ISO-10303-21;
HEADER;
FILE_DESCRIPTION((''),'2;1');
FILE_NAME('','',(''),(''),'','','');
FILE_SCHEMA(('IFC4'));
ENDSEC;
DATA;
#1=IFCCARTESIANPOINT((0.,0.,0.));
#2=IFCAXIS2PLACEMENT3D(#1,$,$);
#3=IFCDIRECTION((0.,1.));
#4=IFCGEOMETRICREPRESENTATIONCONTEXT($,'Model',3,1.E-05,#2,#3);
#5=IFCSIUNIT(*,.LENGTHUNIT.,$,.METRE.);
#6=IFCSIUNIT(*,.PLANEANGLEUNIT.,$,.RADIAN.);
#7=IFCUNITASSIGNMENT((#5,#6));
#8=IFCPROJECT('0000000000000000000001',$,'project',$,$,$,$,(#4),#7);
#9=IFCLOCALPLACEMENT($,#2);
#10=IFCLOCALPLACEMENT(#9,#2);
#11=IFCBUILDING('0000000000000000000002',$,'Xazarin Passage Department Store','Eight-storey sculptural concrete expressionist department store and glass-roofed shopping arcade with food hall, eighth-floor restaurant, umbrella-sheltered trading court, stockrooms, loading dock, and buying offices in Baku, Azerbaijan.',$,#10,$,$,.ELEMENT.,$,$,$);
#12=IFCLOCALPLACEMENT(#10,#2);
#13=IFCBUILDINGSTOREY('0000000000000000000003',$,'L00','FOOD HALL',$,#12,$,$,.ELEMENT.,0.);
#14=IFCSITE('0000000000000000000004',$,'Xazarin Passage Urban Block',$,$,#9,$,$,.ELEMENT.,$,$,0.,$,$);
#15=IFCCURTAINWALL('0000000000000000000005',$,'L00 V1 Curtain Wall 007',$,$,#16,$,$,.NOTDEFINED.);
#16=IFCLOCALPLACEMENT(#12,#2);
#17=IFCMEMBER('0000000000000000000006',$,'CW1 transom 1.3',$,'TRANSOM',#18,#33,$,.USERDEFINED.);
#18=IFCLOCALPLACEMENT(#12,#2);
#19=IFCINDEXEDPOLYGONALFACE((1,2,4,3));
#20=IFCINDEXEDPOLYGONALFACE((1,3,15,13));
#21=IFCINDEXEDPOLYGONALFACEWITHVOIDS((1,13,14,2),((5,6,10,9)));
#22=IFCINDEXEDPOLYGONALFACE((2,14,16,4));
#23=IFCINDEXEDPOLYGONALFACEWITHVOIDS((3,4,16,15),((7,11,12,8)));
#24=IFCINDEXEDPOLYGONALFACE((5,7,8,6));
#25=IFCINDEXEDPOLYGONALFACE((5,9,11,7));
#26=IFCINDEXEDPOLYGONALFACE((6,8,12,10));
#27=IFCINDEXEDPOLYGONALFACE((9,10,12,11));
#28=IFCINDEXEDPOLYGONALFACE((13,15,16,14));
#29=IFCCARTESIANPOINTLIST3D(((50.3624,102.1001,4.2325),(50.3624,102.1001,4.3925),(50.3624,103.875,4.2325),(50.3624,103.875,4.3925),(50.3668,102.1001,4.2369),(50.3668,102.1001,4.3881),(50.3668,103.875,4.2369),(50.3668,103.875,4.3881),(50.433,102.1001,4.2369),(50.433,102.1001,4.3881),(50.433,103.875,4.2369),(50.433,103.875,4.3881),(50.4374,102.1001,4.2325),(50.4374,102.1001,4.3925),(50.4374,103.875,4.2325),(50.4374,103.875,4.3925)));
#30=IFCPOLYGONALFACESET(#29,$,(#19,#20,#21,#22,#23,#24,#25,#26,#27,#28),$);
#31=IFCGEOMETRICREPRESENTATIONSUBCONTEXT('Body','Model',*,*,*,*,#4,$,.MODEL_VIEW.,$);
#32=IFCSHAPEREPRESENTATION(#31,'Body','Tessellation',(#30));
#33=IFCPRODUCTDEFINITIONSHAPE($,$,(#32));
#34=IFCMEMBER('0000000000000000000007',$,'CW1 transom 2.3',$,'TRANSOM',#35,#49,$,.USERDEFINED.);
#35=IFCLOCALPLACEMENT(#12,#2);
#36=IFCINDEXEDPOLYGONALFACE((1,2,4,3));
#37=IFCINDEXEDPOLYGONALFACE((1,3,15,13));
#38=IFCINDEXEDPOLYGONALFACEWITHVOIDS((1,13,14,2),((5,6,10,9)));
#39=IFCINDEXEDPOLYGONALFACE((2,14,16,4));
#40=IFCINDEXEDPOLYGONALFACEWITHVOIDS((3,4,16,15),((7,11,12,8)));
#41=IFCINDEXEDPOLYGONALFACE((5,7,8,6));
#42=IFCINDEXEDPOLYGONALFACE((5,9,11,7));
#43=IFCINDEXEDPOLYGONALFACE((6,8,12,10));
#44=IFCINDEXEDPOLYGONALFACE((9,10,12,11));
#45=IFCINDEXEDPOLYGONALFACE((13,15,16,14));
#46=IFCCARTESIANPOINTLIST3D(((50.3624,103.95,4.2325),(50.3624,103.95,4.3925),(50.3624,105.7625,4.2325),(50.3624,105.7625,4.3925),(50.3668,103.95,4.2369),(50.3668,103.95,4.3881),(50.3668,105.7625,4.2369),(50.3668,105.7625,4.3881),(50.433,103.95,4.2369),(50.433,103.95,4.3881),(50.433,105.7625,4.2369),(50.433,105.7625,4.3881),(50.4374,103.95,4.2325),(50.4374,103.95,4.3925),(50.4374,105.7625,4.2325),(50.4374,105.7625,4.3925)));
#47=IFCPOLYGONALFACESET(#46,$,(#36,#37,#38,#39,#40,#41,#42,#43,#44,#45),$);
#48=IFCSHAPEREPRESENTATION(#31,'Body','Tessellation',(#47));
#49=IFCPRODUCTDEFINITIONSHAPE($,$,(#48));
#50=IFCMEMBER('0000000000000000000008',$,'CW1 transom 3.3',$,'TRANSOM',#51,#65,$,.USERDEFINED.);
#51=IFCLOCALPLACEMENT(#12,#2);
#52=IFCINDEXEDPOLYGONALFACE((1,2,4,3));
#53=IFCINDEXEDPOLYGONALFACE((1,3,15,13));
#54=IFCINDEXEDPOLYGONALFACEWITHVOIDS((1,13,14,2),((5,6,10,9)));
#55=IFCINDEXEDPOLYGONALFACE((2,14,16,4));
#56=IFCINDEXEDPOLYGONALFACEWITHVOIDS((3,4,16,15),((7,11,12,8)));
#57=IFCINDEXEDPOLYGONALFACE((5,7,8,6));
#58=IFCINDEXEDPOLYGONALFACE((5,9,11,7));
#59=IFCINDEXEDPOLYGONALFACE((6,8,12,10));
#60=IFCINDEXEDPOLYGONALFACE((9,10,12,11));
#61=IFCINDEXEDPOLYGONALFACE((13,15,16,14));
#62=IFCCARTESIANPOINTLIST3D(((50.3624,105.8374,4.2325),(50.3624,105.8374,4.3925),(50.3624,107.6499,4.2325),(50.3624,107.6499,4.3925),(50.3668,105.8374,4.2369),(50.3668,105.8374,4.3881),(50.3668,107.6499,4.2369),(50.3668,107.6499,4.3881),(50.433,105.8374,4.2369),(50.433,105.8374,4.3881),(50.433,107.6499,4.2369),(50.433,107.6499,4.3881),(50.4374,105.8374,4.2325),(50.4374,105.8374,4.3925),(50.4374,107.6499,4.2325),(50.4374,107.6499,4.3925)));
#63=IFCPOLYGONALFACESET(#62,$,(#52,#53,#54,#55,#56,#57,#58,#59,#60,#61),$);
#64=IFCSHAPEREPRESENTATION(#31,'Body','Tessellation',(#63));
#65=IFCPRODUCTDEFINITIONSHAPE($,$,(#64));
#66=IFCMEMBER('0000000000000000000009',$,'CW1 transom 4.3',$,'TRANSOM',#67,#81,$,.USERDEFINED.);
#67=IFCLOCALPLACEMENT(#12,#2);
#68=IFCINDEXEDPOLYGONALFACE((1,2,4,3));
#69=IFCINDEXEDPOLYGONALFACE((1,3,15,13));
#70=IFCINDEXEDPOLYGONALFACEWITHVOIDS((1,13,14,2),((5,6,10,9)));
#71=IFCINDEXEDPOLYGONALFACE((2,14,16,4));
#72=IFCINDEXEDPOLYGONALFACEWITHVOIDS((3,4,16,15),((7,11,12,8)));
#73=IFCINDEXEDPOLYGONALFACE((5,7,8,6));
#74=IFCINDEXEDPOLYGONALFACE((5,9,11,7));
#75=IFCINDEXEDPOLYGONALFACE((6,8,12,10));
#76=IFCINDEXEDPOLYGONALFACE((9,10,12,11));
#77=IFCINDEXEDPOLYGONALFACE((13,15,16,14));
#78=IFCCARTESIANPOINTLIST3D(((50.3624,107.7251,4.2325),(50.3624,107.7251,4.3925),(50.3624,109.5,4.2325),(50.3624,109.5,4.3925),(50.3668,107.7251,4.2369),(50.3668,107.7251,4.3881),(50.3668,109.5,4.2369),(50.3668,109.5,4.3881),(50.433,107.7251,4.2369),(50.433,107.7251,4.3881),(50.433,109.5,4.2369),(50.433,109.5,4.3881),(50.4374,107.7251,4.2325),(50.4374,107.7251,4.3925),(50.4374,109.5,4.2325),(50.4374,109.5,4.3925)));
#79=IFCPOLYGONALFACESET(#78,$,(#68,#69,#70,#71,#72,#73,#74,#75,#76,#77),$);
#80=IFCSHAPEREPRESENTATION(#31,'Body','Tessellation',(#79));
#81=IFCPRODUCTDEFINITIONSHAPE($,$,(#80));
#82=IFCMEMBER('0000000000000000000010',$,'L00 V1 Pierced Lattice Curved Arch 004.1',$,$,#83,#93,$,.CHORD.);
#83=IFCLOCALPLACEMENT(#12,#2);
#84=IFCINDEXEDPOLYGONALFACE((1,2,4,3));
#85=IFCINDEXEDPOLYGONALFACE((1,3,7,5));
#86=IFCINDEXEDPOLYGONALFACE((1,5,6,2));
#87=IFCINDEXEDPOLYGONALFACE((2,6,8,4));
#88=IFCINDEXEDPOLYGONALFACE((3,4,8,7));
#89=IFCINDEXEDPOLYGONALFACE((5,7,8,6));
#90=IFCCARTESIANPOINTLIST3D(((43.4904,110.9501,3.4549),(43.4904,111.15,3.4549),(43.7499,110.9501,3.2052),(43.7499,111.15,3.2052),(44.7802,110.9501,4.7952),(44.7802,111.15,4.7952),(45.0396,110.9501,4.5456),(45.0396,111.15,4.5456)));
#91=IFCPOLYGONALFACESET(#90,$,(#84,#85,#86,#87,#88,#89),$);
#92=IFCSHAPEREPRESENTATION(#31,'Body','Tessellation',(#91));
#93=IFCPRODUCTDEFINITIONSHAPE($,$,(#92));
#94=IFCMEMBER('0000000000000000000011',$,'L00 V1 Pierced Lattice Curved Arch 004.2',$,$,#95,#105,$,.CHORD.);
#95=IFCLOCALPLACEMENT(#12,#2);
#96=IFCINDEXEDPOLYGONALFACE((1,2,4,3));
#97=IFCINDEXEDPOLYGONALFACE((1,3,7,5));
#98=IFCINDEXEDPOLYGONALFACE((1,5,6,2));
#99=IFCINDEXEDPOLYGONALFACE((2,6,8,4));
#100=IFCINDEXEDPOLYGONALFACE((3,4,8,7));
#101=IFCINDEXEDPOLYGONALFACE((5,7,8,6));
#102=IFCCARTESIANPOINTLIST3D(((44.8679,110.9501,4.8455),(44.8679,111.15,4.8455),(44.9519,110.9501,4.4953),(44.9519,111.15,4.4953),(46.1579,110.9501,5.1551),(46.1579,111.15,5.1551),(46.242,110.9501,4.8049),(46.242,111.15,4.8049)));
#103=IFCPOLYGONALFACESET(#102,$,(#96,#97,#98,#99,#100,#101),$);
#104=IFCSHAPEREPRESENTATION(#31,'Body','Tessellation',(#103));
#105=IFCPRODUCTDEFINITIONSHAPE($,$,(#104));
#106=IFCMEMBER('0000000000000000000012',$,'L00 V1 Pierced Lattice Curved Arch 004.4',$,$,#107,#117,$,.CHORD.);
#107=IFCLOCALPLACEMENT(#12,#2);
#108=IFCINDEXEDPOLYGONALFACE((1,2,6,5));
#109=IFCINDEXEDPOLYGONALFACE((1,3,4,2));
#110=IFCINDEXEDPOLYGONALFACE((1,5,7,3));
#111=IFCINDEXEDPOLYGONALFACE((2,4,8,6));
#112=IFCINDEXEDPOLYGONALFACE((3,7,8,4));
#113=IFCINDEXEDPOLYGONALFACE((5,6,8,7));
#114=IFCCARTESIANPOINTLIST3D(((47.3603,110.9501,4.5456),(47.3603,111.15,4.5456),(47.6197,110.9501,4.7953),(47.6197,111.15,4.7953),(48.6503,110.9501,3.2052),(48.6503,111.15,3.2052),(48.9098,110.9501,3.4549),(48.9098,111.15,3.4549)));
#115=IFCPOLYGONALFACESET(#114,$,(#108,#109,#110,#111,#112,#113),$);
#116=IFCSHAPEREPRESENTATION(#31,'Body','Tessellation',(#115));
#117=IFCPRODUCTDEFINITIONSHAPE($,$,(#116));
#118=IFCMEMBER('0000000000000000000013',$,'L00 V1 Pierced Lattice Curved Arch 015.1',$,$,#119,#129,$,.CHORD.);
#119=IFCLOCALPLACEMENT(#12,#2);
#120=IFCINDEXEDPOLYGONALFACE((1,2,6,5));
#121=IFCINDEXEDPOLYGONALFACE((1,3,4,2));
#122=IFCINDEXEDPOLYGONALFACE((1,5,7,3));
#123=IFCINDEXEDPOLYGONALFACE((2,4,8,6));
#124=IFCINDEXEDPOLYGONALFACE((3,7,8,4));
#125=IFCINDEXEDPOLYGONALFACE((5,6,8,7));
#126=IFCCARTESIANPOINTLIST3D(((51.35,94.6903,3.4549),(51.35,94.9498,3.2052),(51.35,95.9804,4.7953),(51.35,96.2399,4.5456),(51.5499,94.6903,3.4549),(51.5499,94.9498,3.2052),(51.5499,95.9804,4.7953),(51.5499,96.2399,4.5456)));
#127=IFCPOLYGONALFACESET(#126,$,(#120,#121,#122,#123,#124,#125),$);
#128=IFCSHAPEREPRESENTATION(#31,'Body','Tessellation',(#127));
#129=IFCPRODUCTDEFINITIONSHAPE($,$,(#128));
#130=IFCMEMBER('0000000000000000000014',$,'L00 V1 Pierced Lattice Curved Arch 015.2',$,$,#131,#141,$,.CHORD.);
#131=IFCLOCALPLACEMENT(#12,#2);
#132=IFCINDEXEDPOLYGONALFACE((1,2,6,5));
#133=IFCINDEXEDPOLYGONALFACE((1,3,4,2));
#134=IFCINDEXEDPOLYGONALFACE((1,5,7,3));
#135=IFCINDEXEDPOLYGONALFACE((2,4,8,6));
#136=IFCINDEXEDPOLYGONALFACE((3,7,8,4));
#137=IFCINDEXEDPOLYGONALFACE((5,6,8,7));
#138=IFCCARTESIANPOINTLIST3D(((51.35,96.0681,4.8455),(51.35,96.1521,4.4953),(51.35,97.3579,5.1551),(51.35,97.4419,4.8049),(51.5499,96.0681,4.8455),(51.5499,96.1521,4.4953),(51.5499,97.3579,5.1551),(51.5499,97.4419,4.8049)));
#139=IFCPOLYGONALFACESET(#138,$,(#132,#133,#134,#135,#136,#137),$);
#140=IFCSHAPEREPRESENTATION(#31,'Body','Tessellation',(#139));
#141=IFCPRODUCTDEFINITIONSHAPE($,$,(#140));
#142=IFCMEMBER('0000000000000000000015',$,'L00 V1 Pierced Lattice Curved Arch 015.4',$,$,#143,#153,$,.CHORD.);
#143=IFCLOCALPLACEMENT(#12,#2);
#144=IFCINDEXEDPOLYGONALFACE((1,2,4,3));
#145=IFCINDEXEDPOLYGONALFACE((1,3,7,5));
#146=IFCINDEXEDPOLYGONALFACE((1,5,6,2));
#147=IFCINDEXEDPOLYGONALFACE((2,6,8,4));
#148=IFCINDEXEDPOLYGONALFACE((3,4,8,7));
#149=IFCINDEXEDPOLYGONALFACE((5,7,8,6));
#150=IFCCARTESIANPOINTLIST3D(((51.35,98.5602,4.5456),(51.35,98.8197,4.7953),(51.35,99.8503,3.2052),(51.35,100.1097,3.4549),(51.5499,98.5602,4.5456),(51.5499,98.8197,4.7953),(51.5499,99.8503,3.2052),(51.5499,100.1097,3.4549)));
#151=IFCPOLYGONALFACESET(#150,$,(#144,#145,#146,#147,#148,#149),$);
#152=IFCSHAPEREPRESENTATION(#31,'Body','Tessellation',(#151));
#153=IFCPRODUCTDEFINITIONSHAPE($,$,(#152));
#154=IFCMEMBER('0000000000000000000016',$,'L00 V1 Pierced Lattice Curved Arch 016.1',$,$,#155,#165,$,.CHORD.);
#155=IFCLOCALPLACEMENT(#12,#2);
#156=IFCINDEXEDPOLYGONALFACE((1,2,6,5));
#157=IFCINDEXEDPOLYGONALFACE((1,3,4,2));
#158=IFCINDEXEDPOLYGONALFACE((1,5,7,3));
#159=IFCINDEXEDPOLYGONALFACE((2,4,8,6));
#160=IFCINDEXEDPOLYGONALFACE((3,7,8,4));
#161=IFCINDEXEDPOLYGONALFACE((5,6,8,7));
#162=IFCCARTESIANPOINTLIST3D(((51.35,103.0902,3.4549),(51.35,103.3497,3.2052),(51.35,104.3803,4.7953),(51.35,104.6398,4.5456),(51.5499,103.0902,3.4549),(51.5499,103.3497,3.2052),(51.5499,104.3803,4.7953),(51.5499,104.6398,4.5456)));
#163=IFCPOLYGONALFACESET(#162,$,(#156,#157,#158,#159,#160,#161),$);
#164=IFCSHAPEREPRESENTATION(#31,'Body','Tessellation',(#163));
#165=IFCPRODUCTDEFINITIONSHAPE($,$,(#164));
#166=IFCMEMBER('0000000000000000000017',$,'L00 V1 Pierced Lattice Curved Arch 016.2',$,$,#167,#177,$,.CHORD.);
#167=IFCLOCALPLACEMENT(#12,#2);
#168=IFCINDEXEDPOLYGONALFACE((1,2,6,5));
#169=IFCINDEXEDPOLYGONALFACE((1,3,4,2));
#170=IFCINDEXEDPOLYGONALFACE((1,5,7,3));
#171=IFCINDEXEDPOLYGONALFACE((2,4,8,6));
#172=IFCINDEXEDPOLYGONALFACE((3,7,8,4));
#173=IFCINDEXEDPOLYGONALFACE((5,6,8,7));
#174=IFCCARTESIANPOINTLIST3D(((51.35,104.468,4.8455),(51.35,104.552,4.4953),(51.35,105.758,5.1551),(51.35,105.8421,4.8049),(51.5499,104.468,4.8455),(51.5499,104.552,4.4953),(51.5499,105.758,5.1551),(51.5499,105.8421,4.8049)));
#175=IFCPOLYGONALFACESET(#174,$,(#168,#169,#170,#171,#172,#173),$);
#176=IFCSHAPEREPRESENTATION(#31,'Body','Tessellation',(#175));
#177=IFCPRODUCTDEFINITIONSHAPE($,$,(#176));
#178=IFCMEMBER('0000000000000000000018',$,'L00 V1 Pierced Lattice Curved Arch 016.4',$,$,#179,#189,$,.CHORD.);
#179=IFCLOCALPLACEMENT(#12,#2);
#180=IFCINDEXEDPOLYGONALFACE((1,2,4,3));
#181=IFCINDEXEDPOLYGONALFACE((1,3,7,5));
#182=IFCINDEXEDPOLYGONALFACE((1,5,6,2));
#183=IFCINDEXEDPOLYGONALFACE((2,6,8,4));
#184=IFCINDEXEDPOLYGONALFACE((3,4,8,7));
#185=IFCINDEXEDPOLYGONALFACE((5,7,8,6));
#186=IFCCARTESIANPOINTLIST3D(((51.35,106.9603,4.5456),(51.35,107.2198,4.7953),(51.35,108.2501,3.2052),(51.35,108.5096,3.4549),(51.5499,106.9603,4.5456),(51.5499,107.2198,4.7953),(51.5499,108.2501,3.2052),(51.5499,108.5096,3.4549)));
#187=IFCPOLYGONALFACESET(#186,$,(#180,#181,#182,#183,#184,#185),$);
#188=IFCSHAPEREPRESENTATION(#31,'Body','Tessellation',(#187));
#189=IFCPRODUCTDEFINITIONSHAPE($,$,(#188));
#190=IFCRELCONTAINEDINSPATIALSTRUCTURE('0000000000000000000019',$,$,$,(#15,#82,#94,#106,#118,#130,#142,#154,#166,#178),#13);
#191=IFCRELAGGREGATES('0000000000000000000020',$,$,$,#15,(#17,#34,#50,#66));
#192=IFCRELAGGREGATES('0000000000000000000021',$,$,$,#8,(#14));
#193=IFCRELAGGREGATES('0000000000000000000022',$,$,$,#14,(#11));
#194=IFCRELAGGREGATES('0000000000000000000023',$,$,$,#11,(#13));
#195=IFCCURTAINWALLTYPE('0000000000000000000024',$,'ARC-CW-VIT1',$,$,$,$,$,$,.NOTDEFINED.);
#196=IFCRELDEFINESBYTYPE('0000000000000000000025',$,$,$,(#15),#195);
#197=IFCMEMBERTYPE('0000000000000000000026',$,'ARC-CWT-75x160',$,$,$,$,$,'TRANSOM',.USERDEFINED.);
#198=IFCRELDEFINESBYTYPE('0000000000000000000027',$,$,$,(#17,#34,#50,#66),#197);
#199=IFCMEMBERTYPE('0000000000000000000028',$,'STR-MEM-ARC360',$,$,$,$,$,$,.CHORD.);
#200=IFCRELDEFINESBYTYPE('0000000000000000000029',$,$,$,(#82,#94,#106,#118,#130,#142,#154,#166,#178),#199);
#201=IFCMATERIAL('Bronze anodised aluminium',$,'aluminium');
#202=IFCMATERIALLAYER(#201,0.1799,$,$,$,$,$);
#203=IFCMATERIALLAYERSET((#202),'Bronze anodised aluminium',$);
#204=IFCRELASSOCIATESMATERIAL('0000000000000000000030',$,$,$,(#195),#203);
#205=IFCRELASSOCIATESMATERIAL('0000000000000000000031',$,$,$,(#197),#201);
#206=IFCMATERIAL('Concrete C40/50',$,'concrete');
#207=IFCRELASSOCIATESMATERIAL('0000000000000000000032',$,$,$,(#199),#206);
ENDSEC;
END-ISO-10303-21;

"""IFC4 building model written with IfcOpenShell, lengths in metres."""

from ifc_helpers import new_model, si_unit, direction, frame, origin, origin_2d, place, context, subcontext, project, spatial, rectangle, hollow_rectangle, extrude, material, layer, layer_set, material_profile, profile_set, type_object, element, aggregate, save


model = new_model("IFC4")

# Units and contexts
model_context = context("Model", 3, precision=1e-05, world=origin(), true_north=direction((0.0, 1.0)))
body_context = subcontext(model_context, "Body", "Model", "MODEL_VIEW")
ifc_project = project(units=[si_unit("LENGTHUNIT", "METRE"), si_unit("PLANEANGLEUNIT", "RADIAN")], contexts=[model_context])

# Site, building, storey
site_placement = place(None, origin())
site = spatial("IfcSite", under=ifc_project, at=site_placement, Name="Xazarin Passage Urban Block", CompositionType="ELEMENT", RefElevation=0.0)
building_placement = place(site_placement, origin())
building = spatial("IfcBuilding", under=site, at=building_placement, Name="Xazarin Passage Department Store", Description="Eight-storey sculptural concrete expressionist department store and glass-roofed shopping arcade with food hall, eighth-floor restaurant, umbrella-sheltered trading court, stockrooms, loading dock, and buying offices in Baku, Azerbaijan.", CompositionType="ELEMENT")
storey_placement = place(building_placement, origin())
storey = spatial("IfcBuildingStorey", under=building, at=storey_placement, Name="L00", Description="FOOD HALL", CompositionType="ELEMENT", Elevation=0.0)

# Curtain wall, members
ifc_material_1 = material(Name="Bronze anodised aluminium", Category="aluminium")
ifc_layer_1 = layer(ifc_material_1, 0.1799)
ifc_layer_set_1 = layer_set([ifc_layer_1], Name="Bronze anodised aluminium")
curtain_wall_type = type_object("IfcCurtainWallType", Name="ARC-CW-VIT1", PredefinedType="NOTDEFINED", material=ifc_layer_set_1)
curtain_wall_placement = place(storey_placement, origin())
curtain_wall = element("IfcCurtainWall", 1, at=curtain_wall_placement, inside=storey, type_object=curtain_wall_type, Name="L00 V1 Curtain Wall 007", PredefinedType="NOTDEFINED")
ifc_material_profile_1 = material_profile(ifc_material_1, hollow_rectangle(XDim=0.075, YDim=0.1599, WallThickness=0.0044, at=origin_2d()), Name="ALU 75x160")
ifc_profile_set_1 = profile_set([ifc_material_profile_1], Name="Bronze anodised aluminium")
member_type_1 = type_object("IfcMemberType", Name="ARC-CWT-75x160", ElementType="TRANSOM", PredefinedType="USERDEFINED", material=ifc_profile_set_1)
member_1_placement = place(storey_placement, frame((50.3999, 102.1001, 4.3125), z_axis=(0.0, 1.0, 0.0), x_axis=(-1.0, 0.0, 0.0)))
member_1 = element("IfcMember", 2, at=member_1_placement, type_object=member_type_1, Name="CW1 transom 1.3", ObjectType="TRANSOM", PredefinedType="USERDEFINED", context=body_context, shape_type="SweptSolid", body=[
    extrude(hollow_rectangle(XDim=0.075, YDim=0.1599, WallThickness=0.0044, at=origin_2d()), origin(), (0.0, 0.0, 1.0), 1.7749),
])
member_2_placement = place(storey_placement, frame((50.3999, 103.95, 4.3125), z_axis=(0.0, 1.0, 0.0), x_axis=(-1.0, 0.0, 0.0)))
member_2 = element("IfcMember", 3, at=member_2_placement, type_object=member_type_1, Name="CW1 transom 2.3", ObjectType="TRANSOM", PredefinedType="USERDEFINED", context=body_context, shape_type="SweptSolid", body=[
    extrude(hollow_rectangle(XDim=0.075, YDim=0.1599, WallThickness=0.0044, at=origin_2d()), origin(), (0.0, 0.0, 1.0), 1.8125),
])
member_3_placement = place(storey_placement, frame((50.3999, 105.8374, 4.3125), z_axis=(0.0, 1.0, 0.0), x_axis=(-1.0, 0.0, 0.0)))
member_3 = element("IfcMember", 4, at=member_3_placement, type_object=member_type_1, Name="CW1 transom 3.3", ObjectType="TRANSOM", PredefinedType="USERDEFINED", context=body_context, shape_type="SweptSolid", body=[
    extrude(hollow_rectangle(XDim=0.075, YDim=0.1599, WallThickness=0.0044, at=origin_2d()), origin(), (0.0, 0.0, 1.0), 1.8125),
])
member_4_placement = place(storey_placement, frame((50.3999, 107.7251, 4.3125), z_axis=(0.0, 1.0, 0.0), x_axis=(-1.0, 0.0, 0.0)))
member_4 = element("IfcMember", 5, at=member_4_placement, type_object=member_type_1, Name="CW1 transom 4.3", ObjectType="TRANSOM", PredefinedType="USERDEFINED", context=body_context, shape_type="SweptSolid", body=[
    extrude(hollow_rectangle(XDim=0.075, YDim=0.1599, WallThickness=0.0044, at=origin_2d()), origin(), (0.0, 0.0, 1.0), 1.7749),
])

# Members
ifc_material_2 = material(Name="Concrete C40/50", Category="concrete")
ifc_material_profile_2 = material_profile(ifc_material_2, rectangle(XDim=0.2, YDim=0.3601, at=origin_2d()), Name="RC 200x360")
ifc_profile_set_2 = profile_set([ifc_material_profile_2], Name="Concrete C40/50")
member_type_2 = type_object("IfcMemberType", Name="STR-MEM-ARC360", PredefinedType="CHORD", material=ifc_profile_set_2)
member_5_placement = place(storey_placement, frame((43.6201, 111.05, 3.3301), z_axis=(0.693392, 0.0, 0.720561), x_axis=(0.0, 1.0, 0.0)))
element("IfcMember", 6, at=member_5_placement, inside=storey, type_object=member_type_2, Name="L00 V1 Pierced Lattice Curved Arch 004.1", PredefinedType="CHORD", context=body_context, shape_type="SweptSolid", body=[
    extrude(rectangle(XDim=0.2, YDim=0.3601, at=origin_2d()), origin(), (0.0, 0.0, 1.0), 1.8601),
])
member_6_placement = place(storey_placement, frame((44.9099, 111.05, 4.6704), z_axis=(0.972394, 0.0, 0.233345), x_axis=(0.0, 1.0, 0.0)))
element("IfcMember", 7, at=member_6_placement, inside=storey, type_object=member_type_2, Name="L00 V1 Pierced Lattice Curved Arch 004.2", PredefinedType="CHORD", context=body_context, shape_type="SweptSolid", body=[
    extrude(rectangle(XDim=0.2, YDim=0.3601, at=origin_2d()), origin(), (0.0, 0.0, 1.0), 1.3267),
])
for number, where, z_axis, x_axis, name in (
    (8, (47.49, 111.05, 4.6704), (0.69346, 0.0, -0.720495), (0.0, 1.0, 0.0), "L00 V1 Pierced Lattice Curved Arch 004.4"),
    (9, (51.45, 94.8201, 3.3301), (0.0, 0.69346, 0.720495), (-1.0, 0.0, 0.0), "L00 V1 Pierced Lattice Curved Arch 015.1"),
):
    element("IfcMember", number, at=place(storey_placement, frame(where, z_axis=z_axis, x_axis=x_axis)), inside=storey, type_object=member_type_2, Name=name, PredefinedType="CHORD", context=body_context, shape_type="SweptSolid", body=[
        extrude(rectangle(XDim=0.2, YDim=0.3601, at=origin_2d()), origin(), (0.0, 0.0, 1.0), 1.8604),
    ])
member_7_placement = place(storey_placement, frame((51.45, 96.1101, 4.6704), z_axis=(0.0, 0.972384, 0.233387), x_axis=(-1.0, 0.0, 0.0)))
element("IfcMember", 10, at=member_7_placement, inside=storey, type_object=member_type_2, Name="L00 V1 Pierced Lattice Curved Arch 015.2", PredefinedType="CHORD", context=body_context, shape_type="SweptSolid", body=[
    extrude(rectangle(XDim=0.2, YDim=0.3601, at=origin_2d()), origin(), (0.0, 0.0, 1.0), 1.3264),
])
for number, where, z_axis, x_axis, name in (
    (11, (51.45, 98.6899, 4.6704), (0.0, 0.69346, -0.720495), (-1.0, 0.0, 0.0), "L00 V1 Pierced Lattice Curved Arch 015.4"),
    (12, (51.45, 103.22, 3.3301), (0.0, 0.69346, 0.720495), (-1.0, 0.0, 0.0), "L00 V1 Pierced Lattice Curved Arch 016.1"),
):
    element("IfcMember", number, at=place(storey_placement, frame(where, z_axis=z_axis, x_axis=x_axis)), inside=storey, type_object=member_type_2, Name=name, PredefinedType="CHORD", context=body_context, shape_type="SweptSolid", body=[
        extrude(rectangle(XDim=0.2, YDim=0.3601, at=origin_2d()), origin(), (0.0, 0.0, 1.0), 1.8604),
    ])
member_8_placement = place(storey_placement, frame((51.45, 104.51, 4.6704), z_axis=(0.0, 0.972394, 0.233345), x_axis=(-1.0, 0.0, 0.0)))
element("IfcMember", 13, at=member_8_placement, inside=storey, type_object=member_type_2, Name="L00 V1 Pierced Lattice Curved Arch 016.2", PredefinedType="CHORD", context=body_context, shape_type="SweptSolid", body=[
    extrude(rectangle(XDim=0.2, YDim=0.3601, at=origin_2d()), origin(), (0.0, 0.0, 1.0), 1.3267),
])
member_9_placement = place(storey_placement, frame((51.45, 107.0901, 4.6704), z_axis=(0.0, 0.693392, -0.720561), x_axis=(-1.0, 0.0, 0.0)))
element("IfcMember", 14, at=member_9_placement, inside=storey, type_object=member_type_2, Name="L00 V1 Pierced Lattice Curved Arch 016.4", PredefinedType="CHORD", context=body_context, shape_type="SweptSolid", body=[
    extrude(rectangle(XDim=0.2, YDim=0.3601, at=origin_2d()), origin(), (0.0, 0.0, 1.0), 1.8601),
])

aggregate(curtain_wall, [member_1, member_2, member_3, member_4])

save(model, "model.ifc")
